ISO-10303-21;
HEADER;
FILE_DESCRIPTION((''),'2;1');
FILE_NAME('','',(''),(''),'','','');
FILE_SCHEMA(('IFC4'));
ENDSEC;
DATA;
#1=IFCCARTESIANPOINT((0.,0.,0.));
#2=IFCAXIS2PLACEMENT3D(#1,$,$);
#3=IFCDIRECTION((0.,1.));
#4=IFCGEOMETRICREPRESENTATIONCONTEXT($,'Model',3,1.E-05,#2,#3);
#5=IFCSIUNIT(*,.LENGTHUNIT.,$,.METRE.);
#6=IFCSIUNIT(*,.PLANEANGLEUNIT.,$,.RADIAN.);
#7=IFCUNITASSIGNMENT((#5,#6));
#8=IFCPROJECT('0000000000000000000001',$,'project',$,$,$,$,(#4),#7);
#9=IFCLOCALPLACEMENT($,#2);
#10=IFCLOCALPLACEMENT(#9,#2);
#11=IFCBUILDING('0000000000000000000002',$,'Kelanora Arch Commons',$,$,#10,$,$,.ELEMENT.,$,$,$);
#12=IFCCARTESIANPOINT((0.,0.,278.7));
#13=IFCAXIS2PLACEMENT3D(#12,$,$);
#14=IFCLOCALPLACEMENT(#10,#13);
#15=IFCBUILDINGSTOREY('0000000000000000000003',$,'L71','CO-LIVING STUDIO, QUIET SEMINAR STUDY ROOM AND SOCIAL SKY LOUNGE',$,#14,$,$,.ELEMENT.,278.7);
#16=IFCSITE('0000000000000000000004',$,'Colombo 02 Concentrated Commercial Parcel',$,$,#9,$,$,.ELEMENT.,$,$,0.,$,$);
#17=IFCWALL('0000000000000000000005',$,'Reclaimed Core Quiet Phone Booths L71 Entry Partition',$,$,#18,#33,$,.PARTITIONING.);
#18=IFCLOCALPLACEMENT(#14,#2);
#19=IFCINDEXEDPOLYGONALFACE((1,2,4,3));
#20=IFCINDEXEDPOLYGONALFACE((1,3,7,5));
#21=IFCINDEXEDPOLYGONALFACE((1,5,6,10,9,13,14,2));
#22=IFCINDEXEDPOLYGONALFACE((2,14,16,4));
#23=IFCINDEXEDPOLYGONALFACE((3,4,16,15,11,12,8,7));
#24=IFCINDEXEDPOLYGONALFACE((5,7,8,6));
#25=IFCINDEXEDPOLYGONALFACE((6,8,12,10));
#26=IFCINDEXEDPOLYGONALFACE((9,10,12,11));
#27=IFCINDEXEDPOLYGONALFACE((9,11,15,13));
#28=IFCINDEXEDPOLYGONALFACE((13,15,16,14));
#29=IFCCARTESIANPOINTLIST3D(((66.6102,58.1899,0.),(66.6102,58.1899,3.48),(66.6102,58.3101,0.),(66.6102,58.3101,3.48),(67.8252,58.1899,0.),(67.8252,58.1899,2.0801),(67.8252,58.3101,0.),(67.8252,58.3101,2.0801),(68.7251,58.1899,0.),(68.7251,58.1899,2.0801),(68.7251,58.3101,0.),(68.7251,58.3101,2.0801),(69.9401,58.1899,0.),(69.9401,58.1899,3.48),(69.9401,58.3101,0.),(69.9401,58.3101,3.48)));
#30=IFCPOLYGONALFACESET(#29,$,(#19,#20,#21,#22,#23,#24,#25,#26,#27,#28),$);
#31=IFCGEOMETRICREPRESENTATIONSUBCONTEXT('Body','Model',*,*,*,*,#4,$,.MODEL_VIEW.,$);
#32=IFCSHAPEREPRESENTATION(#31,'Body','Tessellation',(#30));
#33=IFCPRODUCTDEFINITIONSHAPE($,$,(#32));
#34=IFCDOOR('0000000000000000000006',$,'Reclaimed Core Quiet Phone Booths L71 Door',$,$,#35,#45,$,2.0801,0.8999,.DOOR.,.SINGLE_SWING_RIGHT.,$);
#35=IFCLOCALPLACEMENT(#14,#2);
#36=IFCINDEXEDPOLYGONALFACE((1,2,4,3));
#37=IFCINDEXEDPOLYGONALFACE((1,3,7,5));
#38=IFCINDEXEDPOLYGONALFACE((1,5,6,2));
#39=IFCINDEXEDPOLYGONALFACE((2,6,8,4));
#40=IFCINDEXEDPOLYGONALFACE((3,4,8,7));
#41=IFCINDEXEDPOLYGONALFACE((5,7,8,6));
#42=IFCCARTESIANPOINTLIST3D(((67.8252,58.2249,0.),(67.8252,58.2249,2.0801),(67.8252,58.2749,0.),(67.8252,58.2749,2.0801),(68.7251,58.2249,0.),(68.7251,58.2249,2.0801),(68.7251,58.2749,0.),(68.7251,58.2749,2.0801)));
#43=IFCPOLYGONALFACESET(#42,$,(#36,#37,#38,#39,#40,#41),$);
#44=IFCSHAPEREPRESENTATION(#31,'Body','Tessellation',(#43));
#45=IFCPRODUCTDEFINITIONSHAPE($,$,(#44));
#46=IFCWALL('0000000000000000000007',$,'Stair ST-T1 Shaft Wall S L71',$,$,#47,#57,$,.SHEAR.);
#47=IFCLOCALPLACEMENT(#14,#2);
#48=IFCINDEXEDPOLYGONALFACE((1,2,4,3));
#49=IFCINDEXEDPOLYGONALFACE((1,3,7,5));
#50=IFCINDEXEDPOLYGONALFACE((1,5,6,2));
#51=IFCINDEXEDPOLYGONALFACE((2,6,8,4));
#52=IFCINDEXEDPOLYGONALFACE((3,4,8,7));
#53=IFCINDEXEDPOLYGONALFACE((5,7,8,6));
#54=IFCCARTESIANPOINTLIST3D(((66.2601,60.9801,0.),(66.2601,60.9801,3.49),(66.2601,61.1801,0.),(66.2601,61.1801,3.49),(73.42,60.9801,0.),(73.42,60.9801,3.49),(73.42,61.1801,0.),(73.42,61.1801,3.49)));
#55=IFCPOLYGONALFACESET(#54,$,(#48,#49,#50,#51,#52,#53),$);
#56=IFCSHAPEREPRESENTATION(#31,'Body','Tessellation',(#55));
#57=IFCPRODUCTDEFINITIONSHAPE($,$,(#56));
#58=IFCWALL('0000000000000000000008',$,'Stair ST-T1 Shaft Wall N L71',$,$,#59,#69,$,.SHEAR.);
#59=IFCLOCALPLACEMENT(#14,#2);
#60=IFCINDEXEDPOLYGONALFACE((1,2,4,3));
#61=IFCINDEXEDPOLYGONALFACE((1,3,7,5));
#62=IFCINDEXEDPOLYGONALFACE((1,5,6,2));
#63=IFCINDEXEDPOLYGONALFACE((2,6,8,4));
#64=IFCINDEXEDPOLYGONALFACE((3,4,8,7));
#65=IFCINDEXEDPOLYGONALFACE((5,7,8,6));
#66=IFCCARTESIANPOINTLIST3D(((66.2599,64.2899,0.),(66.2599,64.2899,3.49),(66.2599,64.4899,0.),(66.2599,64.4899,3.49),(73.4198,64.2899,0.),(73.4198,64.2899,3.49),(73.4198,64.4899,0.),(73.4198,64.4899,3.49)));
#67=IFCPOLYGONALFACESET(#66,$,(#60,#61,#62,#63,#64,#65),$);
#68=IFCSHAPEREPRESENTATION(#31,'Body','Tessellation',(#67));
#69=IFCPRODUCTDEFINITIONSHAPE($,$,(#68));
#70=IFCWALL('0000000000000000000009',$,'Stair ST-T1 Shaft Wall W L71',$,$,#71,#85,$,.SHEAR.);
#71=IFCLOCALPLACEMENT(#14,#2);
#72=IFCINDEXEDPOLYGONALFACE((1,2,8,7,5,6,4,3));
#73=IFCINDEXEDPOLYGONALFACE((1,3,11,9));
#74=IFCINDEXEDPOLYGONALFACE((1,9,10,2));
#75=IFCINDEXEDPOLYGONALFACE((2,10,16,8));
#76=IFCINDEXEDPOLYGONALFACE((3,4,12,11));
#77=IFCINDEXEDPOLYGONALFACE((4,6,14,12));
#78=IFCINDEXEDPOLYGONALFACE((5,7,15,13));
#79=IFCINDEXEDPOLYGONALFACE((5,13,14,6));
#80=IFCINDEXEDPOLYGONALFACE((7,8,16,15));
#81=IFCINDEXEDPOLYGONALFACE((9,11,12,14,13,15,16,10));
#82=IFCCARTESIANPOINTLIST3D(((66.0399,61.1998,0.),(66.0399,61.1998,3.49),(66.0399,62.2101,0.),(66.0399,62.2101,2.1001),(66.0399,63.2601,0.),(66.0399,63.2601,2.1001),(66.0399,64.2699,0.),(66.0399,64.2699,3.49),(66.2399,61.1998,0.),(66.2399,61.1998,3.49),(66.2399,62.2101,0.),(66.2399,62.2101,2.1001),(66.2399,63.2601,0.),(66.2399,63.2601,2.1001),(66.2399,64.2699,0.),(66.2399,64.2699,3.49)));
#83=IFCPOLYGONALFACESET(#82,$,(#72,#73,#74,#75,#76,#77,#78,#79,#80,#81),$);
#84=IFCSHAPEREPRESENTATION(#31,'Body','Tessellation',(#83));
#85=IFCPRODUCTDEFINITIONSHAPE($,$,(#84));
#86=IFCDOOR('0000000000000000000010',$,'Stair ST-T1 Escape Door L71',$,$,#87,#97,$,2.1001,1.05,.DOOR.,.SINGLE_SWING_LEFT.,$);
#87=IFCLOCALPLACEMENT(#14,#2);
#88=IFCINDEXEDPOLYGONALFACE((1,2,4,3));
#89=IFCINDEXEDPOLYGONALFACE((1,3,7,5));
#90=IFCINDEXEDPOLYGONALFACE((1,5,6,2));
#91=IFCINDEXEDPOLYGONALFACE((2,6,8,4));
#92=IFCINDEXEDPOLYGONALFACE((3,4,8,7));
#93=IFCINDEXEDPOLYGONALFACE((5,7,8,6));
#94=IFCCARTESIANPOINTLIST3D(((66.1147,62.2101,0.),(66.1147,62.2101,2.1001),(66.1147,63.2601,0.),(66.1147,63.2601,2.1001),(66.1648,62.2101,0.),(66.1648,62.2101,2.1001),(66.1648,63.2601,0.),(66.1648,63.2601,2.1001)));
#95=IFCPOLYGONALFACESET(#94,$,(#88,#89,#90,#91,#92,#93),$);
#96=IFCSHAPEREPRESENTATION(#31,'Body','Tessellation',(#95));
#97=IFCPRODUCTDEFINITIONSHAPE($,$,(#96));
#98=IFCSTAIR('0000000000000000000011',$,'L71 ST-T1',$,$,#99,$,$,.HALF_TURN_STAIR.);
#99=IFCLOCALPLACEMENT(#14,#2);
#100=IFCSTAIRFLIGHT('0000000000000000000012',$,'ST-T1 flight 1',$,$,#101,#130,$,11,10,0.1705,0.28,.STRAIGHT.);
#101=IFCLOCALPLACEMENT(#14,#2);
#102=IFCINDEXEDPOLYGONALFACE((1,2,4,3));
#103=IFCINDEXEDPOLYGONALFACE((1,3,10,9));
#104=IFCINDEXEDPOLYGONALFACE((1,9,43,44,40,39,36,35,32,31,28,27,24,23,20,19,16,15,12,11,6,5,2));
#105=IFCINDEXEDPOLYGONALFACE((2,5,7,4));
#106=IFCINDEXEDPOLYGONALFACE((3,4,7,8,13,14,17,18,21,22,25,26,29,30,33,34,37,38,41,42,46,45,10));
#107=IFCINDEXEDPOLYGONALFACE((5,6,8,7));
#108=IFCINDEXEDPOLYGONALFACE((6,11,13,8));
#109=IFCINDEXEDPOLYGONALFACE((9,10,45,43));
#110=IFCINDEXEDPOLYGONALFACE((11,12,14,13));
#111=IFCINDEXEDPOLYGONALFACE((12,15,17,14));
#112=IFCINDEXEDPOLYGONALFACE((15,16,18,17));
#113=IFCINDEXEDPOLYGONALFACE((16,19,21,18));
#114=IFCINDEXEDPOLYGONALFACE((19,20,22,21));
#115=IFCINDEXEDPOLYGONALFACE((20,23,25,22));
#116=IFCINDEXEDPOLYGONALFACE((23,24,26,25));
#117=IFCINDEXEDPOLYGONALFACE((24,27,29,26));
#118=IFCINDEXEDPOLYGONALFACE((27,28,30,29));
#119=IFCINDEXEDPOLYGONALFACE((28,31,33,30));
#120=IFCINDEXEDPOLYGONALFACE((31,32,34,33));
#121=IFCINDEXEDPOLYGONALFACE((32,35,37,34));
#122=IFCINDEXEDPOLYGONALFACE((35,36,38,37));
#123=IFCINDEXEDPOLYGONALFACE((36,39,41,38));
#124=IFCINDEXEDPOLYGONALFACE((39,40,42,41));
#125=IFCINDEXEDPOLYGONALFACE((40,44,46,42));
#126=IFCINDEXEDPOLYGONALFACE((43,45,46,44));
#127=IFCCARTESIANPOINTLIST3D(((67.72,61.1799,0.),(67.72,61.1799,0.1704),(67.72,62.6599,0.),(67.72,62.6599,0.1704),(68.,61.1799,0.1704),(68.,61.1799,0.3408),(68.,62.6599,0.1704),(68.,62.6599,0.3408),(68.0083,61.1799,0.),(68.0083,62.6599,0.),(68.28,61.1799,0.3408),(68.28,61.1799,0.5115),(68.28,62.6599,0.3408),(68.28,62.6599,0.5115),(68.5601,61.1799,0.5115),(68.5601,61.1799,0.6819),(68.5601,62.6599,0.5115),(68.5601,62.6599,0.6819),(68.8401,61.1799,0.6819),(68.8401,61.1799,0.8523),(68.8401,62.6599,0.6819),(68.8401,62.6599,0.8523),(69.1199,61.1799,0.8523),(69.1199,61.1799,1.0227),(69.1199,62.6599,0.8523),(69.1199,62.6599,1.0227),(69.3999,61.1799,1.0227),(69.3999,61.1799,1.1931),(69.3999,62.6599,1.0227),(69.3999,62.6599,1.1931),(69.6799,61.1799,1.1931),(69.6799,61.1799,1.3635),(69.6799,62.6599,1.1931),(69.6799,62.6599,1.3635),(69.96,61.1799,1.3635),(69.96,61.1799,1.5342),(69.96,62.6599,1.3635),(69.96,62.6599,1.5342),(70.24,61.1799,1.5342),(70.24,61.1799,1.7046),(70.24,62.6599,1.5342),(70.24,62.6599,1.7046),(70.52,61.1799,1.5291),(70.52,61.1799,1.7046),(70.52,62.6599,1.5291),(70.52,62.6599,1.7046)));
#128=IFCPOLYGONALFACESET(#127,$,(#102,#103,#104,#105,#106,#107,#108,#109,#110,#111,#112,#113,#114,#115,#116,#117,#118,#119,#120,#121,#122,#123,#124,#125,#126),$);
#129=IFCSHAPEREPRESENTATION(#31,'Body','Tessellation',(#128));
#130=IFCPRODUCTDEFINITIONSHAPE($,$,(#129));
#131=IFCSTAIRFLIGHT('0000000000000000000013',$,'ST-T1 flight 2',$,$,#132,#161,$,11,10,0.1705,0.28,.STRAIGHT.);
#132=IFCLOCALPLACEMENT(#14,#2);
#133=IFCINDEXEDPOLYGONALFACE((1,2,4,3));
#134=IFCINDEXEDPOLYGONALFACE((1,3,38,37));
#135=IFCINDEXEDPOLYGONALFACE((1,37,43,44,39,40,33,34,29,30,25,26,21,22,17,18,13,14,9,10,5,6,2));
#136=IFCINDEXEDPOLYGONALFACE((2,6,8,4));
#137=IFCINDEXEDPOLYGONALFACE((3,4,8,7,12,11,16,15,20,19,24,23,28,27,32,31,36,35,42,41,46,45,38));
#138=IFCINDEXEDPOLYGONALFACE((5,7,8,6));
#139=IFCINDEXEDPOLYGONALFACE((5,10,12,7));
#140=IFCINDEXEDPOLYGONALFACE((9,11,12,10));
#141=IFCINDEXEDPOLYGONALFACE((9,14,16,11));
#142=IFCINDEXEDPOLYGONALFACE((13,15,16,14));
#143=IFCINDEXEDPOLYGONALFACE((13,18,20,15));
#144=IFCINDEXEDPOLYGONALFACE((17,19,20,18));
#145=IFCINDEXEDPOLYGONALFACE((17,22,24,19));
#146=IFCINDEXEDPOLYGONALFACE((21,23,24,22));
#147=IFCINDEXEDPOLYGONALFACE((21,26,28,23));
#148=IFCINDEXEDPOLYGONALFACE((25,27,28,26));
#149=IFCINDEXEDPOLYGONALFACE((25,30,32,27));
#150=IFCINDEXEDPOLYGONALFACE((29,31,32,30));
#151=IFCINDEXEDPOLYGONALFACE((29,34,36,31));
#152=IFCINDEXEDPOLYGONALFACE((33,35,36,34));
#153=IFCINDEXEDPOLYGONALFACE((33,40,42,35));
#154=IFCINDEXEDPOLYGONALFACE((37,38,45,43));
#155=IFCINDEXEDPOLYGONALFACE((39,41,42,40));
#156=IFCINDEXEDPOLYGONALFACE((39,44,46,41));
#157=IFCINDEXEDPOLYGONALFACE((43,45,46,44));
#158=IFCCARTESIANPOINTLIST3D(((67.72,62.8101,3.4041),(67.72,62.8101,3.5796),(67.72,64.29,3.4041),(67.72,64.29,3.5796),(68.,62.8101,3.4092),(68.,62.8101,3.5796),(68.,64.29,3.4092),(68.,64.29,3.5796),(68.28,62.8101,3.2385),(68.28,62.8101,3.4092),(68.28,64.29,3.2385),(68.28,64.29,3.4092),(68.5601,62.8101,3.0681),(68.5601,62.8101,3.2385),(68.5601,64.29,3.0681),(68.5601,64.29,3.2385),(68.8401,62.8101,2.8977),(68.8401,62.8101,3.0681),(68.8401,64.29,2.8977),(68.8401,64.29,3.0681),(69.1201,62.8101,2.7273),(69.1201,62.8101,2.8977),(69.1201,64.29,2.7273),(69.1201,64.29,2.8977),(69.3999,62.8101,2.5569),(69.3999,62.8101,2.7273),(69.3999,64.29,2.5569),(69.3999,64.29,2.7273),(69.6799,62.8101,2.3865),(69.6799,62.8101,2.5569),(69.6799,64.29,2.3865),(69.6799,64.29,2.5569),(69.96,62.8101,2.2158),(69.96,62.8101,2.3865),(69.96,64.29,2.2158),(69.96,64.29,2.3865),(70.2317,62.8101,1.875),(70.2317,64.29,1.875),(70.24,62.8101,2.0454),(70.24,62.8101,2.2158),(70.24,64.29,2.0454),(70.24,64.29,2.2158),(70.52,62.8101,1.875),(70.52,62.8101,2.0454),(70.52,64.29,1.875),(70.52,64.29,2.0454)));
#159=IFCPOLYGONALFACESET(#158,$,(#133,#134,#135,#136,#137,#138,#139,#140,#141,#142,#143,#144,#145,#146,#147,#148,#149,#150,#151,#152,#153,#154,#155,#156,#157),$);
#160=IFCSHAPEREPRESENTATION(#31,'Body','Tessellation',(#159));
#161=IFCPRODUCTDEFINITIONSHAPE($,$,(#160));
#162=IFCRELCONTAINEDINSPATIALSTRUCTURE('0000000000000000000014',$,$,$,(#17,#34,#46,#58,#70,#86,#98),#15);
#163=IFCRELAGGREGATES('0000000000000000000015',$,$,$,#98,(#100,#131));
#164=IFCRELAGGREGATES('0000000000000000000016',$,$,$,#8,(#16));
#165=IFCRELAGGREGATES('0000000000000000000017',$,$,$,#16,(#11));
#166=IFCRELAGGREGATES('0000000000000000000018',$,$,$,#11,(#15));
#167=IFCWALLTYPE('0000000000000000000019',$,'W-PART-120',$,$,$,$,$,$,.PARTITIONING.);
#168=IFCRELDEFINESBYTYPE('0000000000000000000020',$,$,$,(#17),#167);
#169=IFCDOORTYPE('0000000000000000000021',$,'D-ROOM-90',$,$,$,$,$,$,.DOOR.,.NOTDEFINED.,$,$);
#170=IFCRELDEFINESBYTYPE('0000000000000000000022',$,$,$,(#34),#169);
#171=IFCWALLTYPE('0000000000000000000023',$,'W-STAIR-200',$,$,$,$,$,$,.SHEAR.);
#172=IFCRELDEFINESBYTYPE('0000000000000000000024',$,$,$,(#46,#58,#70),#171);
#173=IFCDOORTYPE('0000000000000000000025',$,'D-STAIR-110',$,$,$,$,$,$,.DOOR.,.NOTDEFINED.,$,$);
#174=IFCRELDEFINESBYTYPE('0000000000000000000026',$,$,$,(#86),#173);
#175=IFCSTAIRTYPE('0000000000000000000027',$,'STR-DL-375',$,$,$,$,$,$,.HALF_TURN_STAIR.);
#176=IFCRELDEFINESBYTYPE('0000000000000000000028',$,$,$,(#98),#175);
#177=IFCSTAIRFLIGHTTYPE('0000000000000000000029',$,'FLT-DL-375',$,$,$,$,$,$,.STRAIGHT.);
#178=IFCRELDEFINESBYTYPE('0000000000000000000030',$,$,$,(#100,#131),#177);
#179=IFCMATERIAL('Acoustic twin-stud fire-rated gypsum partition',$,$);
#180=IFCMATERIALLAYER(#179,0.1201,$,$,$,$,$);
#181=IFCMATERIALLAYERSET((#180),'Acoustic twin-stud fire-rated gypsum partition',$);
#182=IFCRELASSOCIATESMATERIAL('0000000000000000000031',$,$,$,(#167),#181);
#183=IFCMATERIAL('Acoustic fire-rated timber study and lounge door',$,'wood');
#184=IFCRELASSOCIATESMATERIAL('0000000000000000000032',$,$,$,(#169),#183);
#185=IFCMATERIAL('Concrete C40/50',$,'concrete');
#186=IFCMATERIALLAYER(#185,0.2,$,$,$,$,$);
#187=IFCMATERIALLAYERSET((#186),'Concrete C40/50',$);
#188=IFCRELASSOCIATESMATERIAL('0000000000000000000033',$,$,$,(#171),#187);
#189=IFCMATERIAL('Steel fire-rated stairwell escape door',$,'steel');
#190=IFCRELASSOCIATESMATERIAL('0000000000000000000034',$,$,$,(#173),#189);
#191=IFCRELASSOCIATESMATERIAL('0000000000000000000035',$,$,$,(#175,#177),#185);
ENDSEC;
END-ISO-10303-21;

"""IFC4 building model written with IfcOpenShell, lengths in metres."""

from ifc_helpers import new_model, si_unit, direction, frame, frame_2d, origin, place, context, subcontext, project, spatial, polyline, rectangle, outline, extrude, material, layer, layer_set, type_object, element, fill, aggregate, save


model = new_model("IFC4")

# Units and contexts
model_context = context("Model", 3, precision=1e-05, world=origin(), true_north=direction((0.0, 1.0)))
body_context = subcontext(model_context, "Body", "Model", "MODEL_VIEW")
ifc_project = project(units=[si_unit("LENGTHUNIT", "METRE"), si_unit("PLANEANGLEUNIT", "RADIAN")], contexts=[model_context])

# Site, building, storey
site_placement = place(None, origin())
site = spatial("IfcSite", under=ifc_project, at=site_placement, Name="Colombo 02 Concentrated Commercial Parcel", CompositionType="ELEMENT", RefElevation=0.0)
building_placement = place(site_placement, origin())
building = spatial("IfcBuilding", under=site, at=building_placement, Name="Kelanora Arch Commons", CompositionType="ELEMENT")
storey_placement = place(building_placement, frame((0.0, 0.0, 278.7)))
storey = spatial("IfcBuildingStorey", under=building, at=storey_placement, Name="L71", Description="CO-LIVING STUDIO, QUIET SEMINAR STUDY ROOM AND SOCIAL SKY LOUNGE", CompositionType="ELEMENT", Elevation=278.7)

# Wall, opening, door
ifc_material_1 = material(Name="Acoustic twin-stud fire-rated gypsum partition")
ifc_layer_1 = layer(ifc_material_1, 0.1201)
ifc_layer_set_1 = layer_set([ifc_layer_1], Name="Acoustic twin-stud fire-rated gypsum partition")
wall_type_1 = type_object("IfcWallType", Name="W-PART-120", PredefinedType="PARTITIONING", material=ifc_layer_set_1)
wall_1_placement = place(storey_placement, frame((66.6101, 58.25, 0.0), z_axis=(0.0, 0.0, 1.0), x_axis=(1.0, 0.0, 0.0)))
wall_1 = element("IfcWall", 1, at=wall_1_placement, inside=storey, type_object=wall_type_1, Name="Reclaimed Core Quiet Phone Booths L71 Entry Partition", PredefinedType="PARTITIONING", context=body_context, shape_type="SweptSolid", body=[
    extrude(rectangle(XDim=3.3298, YDim=0.1201, at=frame_2d((1.665, 0.0))), origin(), (0.0, 0.0, 1.0), 3.48),
])
opening_1_placement = place(wall_1_placement, frame((1.2151, 0.0, 0.0)))
opening_1 = element("IfcOpeningElement", 2, at=opening_1_placement, cuts=wall_1, PredefinedType="OPENING", context=body_context, shape_type="SweptSolid", body=[
    extrude(rectangle(XDim=0.8999, YDim=2.0801, at=frame_2d((0.45, 1.04))), frame((0.0, 0.0701, 0.0), z_axis=(0.0, -1.0, 0.0), x_axis=(1.0, 0.0, 0.0)), (0.0, 0.0, 1.0), 0.1401),
])
ifc_material_2 = material(Name="Acoustic fire-rated timber study and lounge door", Category="wood")
door_type_1 = type_object("IfcDoorType", Name="D-ROOM-90", OperationType="NOTDEFINED", PredefinedType="DOOR", material=ifc_material_2)
door_1_placement = place(opening_1_placement, origin())
door_1 = element("IfcDoor", 3, at=door_1_placement, inside=storey, type_object=door_type_1, Name="Reclaimed Core Quiet Phone Booths L71 Door", OperationType="SINGLE_SWING_RIGHT", OverallHeight=2.0801, OverallWidth=0.8999, PredefinedType="DOOR", context=body_context, shape_type="SweptSolid", body=[
    extrude(rectangle(XDim=0.8999, YDim=2.0801, at=frame_2d((0.45, 1.04))), frame((0.0, 0.0249, 0.0), z_axis=(0.0, -1.0, 0.0), x_axis=(1.0, 0.0, 0.0)), (0.0, 0.0, 1.0), 0.05),
])
fill(opening_1, door_1)

# Walls
ifc_material_3 = material(Name="Concrete C40/50", Category="concrete")
ifc_layer_2 = layer(ifc_material_3, 0.2)
ifc_layer_set_2 = layer_set([ifc_layer_2], Name="Concrete C40/50")
wall_type_2 = type_object("IfcWallType", Name="W-STAIR-200", PredefinedType="SHEAR", material=ifc_layer_set_2)
for number, where, z_axis, x_axis, name in (
    (4, (66.26, 61.0801, 0.0), (0.0, 0.0, 1.0), (1.0, 0.0, 0.0), "Stair ST-T1 Shaft Wall S L71"),
    (5, (73.4199, 64.3899, 0.0), (0.0, 0.0, 1.0), (-1.0, 0.0, 0.0), "Stair ST-T1 Shaft Wall N L71"),
):
    element("IfcWall", number, at=place(storey_placement, frame(where, z_axis=z_axis, x_axis=x_axis)), inside=storey, type_object=wall_type_2, Name=name, PredefinedType="SHEAR", context=body_context, shape_type="SweptSolid", body=[
        extrude(rectangle(XDim=7.1599, YDim=0.2, at=frame_2d((3.5801, 0.0))), origin(), (0.0, 0.0, 1.0), 3.49),
    ])

# Wall, opening, door
wall_2_placement = place(storey_placement, frame((66.1399, 64.27, 0.0), z_axis=(0.0, 0.0, 1.0), x_axis=(0.0, -1.0, 0.0)))
wall_2 = element("IfcWall", 6, at=wall_2_placement, inside=storey, type_object=wall_type_2, Name="Stair ST-T1 Shaft Wall W L71", PredefinedType="SHEAR", context=body_context, shape_type="SweptSolid", body=[
    extrude(rectangle(XDim=3.0701, YDim=0.2, at=frame_2d((1.5352, 0.0))), origin(), (0.0, 0.0, 1.0), 3.49),
])
opening_2_placement = place(wall_2_placement, frame((1.01, 0.0, 0.0)))
opening_2 = element("IfcOpeningElement", 7, at=opening_2_placement, cuts=wall_2, PredefinedType="OPENING", context=body_context, shape_type="SweptSolid", body=[
    extrude(rectangle(XDim=1.05, YDim=2.1001, at=frame_2d((0.5249, 1.05))), frame((0.0, 0.1099, 0.0), z_axis=(0.0, -1.0, 0.0), x_axis=(1.0, 0.0, 0.0)), (0.0, 0.0, 1.0), 0.22),
])
ifc_material_4 = material(Name="Steel fire-rated stairwell escape door", Category="steel")
door_type_2 = type_object("IfcDoorType", Name="D-STAIR-110", OperationType="NOTDEFINED", PredefinedType="DOOR", material=ifc_material_4)
door_2_placement = place(opening_2_placement, origin())
door_2 = element("IfcDoor", 8, at=door_2_placement, inside=storey, type_object=door_type_2, Name="Stair ST-T1 Escape Door L71", OperationType="SINGLE_SWING_LEFT", OverallHeight=2.1001, OverallWidth=1.05, PredefinedType="DOOR", context=body_context, shape_type="SweptSolid", body=[
    extrude(rectangle(XDim=1.05, YDim=2.1001, at=frame_2d((0.5249, 1.05))), frame((0.0, 0.0249, 0.0), z_axis=(0.0, -1.0, 0.0), x_axis=(1.0, 0.0, 0.0)), (0.0, 0.0, 1.0), 0.05),
])
fill(opening_2, door_2)

# Stair, stair flights
stair_type = type_object("IfcStairType", Name="STR-DL-375", PredefinedType="HALF_TURN_STAIR", material=ifc_material_3)
stair_placement = place(storey_placement, origin())
stair = element("IfcStair", 9, at=stair_placement, inside=storey, type_object=stair_type, Name="L71 ST-T1", PredefinedType="HALF_TURN_STAIR")
stair_flight_type = type_object("IfcStairFlightType", Name="FLT-DL-375", PredefinedType="STRAIGHT", material=ifc_material_3)
stair_flight_1_placement = place(storey_placement, frame((67.72, 61.9199, 0.0), z_axis=(0.0, 0.0, 1.0), x_axis=(1.0, 0.0, 0.0)))
stair_flight_1 = element("IfcStairFlight", 10, at=stair_flight_1_placement, type_object=stair_flight_type, Name="ST-T1 flight 1", NumberOfRisers=11, NumberOfTreads=10, PredefinedType="STRAIGHT", RiserHeight=0.1705, TreadLength=0.28, context=body_context, shape_type="SweptSolid", body=[
    extrude(outline(polyline([(0.0, 0.0), (0.0, 0.1704), (0.28, 0.1704), (0.28, 0.3408), (0.5601, 0.3408), (0.5601, 0.5115), (0.8401, 0.5115), (0.8401, 0.6819), (1.1201, 0.6819), (1.1201, 0.8523), (1.3999, 0.8523), (1.3999, 1.0227), (1.6799, 1.0227), (1.6799, 1.1931), (1.96, 1.1931), (1.96, 1.3635), (2.24, 1.3635), (2.24, 1.5342), (2.52, 1.5342), (2.52, 1.7046), (2.8, 1.7046), (2.8, 1.875), (2.8, 1.5291), (0.2883, 0.0), (0.0, 0.0)])), frame((0.0, 0.74, 0.0), z_axis=(0.0, -1.0, 0.0), x_axis=(1.0, 0.0, 0.0)), (0.0, 0.0, 1.0), 1.48),
])
stair_flight_2_placement = place(storey_placement, frame((70.52, 63.55, 1.875), z_axis=(0.0, 0.0, 1.0), x_axis=(-1.0, 0.0, 0.0)))
stair_flight_2 = element("IfcStairFlight", 11, at=stair_flight_2_placement, type_object=stair_flight_type, Name="ST-T1 flight 2", NumberOfRisers=11, NumberOfTreads=10, PredefinedType="STRAIGHT", RiserHeight=0.1705, TreadLength=0.28, context=body_context, shape_type="SweptSolid", body=[
    extrude(outline(polyline([(0.0, 0.0), (0.0, 0.1704), (0.28, 0.1704), (0.28, 0.3408), (0.5601, 0.3408), (0.5601, 0.5115), (0.8401, 0.5115), (0.8401, 0.6819), (1.1201, 0.6819), (1.1201, 0.8523), (1.3999, 0.8523), (1.3999, 1.0227), (1.6799, 1.0227), (1.6799, 1.1931), (1.96, 1.1931), (1.96, 1.3635), (2.24, 1.3635), (2.24, 1.5342), (2.52, 1.5342), (2.52, 1.7046), (2.8, 1.7046), (2.8, 1.875), (2.8, 1.5291), (0.2883, 0.0), (0.0, 0.0)])), frame((0.0, 0.74, 0.0), z_axis=(0.0, -1.0, 0.0), x_axis=(1.0, 0.0, 0.0)), (0.0, 0.0, 1.0), 1.48),
])
aggregate(stair, [stair_flight_1, stair_flight_2])

save(model, "model.ifc")
